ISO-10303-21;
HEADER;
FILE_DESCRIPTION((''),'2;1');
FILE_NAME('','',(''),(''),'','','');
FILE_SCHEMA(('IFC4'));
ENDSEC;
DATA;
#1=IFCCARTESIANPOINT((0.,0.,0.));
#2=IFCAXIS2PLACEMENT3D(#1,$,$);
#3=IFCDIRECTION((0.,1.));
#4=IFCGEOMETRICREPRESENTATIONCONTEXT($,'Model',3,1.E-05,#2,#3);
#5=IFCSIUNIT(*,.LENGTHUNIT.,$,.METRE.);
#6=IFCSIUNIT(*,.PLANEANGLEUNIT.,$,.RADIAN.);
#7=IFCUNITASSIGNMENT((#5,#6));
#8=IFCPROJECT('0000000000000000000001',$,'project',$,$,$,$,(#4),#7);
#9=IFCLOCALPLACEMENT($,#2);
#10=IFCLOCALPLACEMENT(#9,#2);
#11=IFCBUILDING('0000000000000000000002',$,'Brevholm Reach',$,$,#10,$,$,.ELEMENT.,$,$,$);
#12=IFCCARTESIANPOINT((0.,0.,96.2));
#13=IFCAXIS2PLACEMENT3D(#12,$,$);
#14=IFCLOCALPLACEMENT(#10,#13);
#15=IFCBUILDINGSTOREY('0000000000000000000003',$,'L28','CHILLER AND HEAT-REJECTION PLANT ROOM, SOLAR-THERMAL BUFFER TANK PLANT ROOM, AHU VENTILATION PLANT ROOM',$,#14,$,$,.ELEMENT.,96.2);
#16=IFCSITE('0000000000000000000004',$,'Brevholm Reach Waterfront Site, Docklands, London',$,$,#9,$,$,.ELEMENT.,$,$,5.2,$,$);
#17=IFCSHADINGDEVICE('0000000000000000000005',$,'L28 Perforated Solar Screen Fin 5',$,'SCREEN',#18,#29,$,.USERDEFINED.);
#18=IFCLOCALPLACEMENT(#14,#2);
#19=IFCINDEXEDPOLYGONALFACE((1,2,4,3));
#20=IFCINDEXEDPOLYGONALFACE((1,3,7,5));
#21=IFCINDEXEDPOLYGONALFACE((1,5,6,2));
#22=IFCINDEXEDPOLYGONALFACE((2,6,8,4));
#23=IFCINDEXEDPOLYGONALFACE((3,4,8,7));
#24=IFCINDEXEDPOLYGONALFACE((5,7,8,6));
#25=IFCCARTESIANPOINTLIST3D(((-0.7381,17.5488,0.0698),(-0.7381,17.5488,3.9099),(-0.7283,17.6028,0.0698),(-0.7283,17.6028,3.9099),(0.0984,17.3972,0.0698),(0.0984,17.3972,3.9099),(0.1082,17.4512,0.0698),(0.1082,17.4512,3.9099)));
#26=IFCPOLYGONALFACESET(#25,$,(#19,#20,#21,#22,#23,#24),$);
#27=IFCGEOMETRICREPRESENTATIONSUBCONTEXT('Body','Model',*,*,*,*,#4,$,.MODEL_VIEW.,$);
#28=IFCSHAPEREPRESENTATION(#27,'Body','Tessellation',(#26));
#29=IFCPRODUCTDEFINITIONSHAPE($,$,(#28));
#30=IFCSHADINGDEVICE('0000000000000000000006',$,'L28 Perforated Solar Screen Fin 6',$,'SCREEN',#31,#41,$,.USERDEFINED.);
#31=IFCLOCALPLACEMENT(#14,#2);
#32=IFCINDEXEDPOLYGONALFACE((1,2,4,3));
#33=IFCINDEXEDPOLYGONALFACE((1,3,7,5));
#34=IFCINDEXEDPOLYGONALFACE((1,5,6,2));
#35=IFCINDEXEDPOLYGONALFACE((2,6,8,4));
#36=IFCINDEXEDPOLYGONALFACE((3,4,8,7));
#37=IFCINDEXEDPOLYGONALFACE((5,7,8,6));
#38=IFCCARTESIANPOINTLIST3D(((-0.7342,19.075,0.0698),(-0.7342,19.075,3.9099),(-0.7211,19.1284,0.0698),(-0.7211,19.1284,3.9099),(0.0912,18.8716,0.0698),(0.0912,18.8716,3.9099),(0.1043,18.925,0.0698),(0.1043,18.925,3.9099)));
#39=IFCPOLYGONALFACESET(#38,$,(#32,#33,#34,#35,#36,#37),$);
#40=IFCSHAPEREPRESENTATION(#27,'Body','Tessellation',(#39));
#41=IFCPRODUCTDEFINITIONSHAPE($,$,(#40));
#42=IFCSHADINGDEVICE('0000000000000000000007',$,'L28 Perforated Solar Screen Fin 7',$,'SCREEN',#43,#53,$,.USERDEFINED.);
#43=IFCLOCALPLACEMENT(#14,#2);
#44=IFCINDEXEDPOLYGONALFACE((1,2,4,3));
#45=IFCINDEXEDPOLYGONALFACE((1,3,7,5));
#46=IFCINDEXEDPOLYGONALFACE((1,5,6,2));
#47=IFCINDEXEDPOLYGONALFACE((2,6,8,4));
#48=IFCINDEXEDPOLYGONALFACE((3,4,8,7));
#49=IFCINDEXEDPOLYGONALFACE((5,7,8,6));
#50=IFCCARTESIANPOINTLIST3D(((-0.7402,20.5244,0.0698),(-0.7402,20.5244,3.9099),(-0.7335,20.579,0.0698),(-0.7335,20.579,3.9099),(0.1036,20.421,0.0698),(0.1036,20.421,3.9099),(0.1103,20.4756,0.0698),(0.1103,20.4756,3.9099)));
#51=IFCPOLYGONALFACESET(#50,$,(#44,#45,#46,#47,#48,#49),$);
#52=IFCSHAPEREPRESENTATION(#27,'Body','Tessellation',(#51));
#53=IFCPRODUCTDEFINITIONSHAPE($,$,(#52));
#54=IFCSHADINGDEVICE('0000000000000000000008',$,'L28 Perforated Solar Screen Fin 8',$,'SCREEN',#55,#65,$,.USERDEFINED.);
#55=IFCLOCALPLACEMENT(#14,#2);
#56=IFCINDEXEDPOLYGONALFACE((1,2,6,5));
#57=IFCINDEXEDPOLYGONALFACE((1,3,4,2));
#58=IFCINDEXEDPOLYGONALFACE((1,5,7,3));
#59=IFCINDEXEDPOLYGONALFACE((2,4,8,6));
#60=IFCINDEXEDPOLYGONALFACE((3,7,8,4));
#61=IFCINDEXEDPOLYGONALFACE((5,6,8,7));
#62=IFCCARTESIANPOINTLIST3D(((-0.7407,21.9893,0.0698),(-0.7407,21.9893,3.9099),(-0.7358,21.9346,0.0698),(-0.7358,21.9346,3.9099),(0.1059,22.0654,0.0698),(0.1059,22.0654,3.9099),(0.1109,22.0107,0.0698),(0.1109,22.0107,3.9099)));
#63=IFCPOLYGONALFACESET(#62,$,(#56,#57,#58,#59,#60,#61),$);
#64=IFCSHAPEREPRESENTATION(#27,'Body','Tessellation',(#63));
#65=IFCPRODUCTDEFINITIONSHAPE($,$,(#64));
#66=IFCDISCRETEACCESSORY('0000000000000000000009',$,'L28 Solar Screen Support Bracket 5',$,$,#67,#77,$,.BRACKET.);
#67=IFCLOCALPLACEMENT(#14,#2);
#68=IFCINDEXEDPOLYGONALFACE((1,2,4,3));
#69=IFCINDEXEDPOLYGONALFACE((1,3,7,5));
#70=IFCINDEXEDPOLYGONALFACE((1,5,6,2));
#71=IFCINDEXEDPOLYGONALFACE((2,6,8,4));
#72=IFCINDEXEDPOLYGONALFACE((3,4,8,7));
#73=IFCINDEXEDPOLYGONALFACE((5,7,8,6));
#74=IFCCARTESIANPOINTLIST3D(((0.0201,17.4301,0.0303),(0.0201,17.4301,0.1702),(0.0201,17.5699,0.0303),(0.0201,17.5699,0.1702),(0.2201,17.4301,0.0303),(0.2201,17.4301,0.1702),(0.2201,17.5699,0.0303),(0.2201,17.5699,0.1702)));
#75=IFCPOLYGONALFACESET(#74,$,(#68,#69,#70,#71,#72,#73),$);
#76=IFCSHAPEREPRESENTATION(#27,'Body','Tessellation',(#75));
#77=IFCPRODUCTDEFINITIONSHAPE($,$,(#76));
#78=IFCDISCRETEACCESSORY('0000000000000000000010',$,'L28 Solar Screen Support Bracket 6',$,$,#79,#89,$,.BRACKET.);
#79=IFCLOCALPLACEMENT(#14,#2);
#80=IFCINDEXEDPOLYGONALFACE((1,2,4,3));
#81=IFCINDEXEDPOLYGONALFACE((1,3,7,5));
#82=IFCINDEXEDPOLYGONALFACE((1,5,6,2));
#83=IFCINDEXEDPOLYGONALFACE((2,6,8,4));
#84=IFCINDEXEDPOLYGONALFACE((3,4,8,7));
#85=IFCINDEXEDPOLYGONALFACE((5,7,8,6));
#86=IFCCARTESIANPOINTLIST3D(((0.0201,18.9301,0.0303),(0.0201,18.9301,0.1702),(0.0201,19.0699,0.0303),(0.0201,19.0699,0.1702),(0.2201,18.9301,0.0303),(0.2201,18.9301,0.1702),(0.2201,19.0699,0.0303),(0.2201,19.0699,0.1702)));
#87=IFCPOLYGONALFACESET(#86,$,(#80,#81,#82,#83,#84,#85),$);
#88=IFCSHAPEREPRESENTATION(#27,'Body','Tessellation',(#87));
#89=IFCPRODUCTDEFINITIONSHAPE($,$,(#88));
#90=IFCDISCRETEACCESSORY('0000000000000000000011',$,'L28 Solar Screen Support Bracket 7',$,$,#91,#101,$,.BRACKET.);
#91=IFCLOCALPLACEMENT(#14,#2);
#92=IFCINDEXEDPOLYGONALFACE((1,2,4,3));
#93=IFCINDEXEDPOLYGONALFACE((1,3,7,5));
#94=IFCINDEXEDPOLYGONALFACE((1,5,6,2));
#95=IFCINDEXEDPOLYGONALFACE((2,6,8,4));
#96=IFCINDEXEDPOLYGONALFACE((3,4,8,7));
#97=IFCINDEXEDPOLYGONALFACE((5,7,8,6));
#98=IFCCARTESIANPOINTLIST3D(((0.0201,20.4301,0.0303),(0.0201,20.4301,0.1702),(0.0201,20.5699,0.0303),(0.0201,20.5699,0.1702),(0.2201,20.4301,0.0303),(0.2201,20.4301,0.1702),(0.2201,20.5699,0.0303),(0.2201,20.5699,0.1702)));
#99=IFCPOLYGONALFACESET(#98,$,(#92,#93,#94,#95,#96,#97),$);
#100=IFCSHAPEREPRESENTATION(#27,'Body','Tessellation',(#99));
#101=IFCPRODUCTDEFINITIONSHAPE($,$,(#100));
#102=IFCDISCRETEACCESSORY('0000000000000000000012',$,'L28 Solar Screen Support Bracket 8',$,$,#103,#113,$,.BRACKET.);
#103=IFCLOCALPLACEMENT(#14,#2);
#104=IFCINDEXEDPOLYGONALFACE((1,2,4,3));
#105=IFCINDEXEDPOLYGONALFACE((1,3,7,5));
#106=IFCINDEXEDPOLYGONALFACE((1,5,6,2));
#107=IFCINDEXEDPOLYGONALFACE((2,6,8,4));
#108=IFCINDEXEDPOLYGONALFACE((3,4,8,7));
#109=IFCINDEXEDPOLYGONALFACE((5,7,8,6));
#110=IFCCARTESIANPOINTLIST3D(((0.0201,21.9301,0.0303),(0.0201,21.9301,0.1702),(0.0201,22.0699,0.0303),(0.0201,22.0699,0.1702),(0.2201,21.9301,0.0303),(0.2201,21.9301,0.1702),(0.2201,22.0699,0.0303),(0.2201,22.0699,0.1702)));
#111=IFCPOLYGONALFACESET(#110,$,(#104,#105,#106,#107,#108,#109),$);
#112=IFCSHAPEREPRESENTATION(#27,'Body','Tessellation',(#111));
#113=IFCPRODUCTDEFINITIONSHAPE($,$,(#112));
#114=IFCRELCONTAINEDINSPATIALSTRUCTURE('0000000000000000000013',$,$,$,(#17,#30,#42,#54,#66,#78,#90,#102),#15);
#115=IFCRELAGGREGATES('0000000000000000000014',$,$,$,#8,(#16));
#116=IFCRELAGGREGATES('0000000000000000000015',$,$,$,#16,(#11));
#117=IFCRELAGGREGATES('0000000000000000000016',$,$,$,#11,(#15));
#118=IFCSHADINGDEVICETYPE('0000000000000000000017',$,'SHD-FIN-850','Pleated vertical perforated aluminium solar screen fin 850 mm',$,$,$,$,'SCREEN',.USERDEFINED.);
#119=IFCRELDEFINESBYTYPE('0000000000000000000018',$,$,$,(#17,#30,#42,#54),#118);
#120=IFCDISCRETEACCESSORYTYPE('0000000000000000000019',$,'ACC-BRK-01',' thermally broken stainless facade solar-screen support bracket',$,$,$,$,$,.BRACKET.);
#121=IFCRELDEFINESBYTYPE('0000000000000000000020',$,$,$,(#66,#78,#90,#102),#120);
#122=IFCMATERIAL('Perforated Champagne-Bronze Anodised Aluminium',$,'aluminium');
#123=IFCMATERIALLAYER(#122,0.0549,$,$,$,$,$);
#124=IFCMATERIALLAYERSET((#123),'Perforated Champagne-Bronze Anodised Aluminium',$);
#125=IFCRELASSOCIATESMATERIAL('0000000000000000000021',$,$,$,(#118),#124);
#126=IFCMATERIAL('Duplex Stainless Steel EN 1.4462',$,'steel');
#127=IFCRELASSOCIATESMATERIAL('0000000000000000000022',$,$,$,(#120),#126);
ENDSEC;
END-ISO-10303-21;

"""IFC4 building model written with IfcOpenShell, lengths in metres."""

from ifc_helpers import new_model, si_unit, direction, frame, origin, origin_2d, place, context, subcontext, project, spatial, rectangle, extrude, material, layer, layer_set, type_object, element, save


model = new_model("IFC4")

# Units and contexts
model_context = context("Model", 3, precision=1e-05, world=origin(), true_north=direction((0.0, 1.0)))
body_context = subcontext(model_context, "Body", "Model", "MODEL_VIEW")
ifc_project = project(units=[si_unit("LENGTHUNIT", "METRE"), si_unit("PLANEANGLEUNIT", "RADIAN")], contexts=[model_context])

# Site, building, storey
site_placement = place(None, origin())
site = spatial("IfcSite", under=ifc_project, at=site_placement, Name="Brevholm Reach Waterfront Site, Docklands, London", CompositionType="ELEMENT", RefElevation=5.2)
building_placement = place(site_placement, origin())
building = spatial("IfcBuilding", under=site, at=building_placement, Name="Brevholm Reach", CompositionType="ELEMENT")
storey_placement = place(building_placement, frame((0.0, 0.0, 96.2)))
storey = spatial("IfcBuildingStorey", under=building, at=storey_placement, Name="L28", Description="CHILLER AND HEAT-REJECTION PLANT ROOM, SOLAR-THERMAL BUFFER TANK PLANT ROOM, AHU VENTILATION PLANT ROOM", CompositionType="ELEMENT", Elevation=96.2)

# Shading devices
ifc_material_1 = material(Name="Perforated Champagne-Bronze Anodised Aluminium", Category="aluminium")
ifc_layer_1 = layer(ifc_material_1, 0.0549)
ifc_layer_set_1 = layer_set([ifc_layer_1], Name="Perforated Champagne-Bronze Anodised Aluminium")
shading_device_type = type_object("IfcShadingDeviceType", Name="SHD-FIN-850", Description="Pleated vertical perforated aluminium solar screen fin 850 mm", ElementType="SCREEN", PredefinedType="USERDEFINED", material=ifc_layer_set_1)
for number, where, z_axis, x_axis, name in (
    (1, (-0.3149, 17.5, 0.0698), (0.0, 0.0, 1.0), (-0.983966, 0.178356, 0.0), "L28 Perforated Solar Screen Fin 5"),
    (2, (-0.3149, 19.0, 0.0698), (0.0, 0.0, 1.0), (-0.970963, 0.239228, 0.0), "L28 Perforated Solar Screen Fin 6"),
    (3, (-0.3149, 20.5, 0.0698), (0.0, 0.0, 1.0), (-0.992578, 0.121609, 0.0), "L28 Perforated Solar Screen Fin 7"),
    (4, (-0.3149, 22.0, 0.0698), (0.0, 0.0, 1.0), (-0.995993, -0.089433, 0.0), "L28 Perforated Solar Screen Fin 8"),
):
    element("IfcShadingDevice", number, at=place(storey_placement, frame(where, z_axis=z_axis, x_axis=x_axis)), inside=storey, type_object=shading_device_type, Name=name, ObjectType="SCREEN", PredefinedType="USERDEFINED", context=body_context, shape_type="SweptSolid", body=[
        extrude(rectangle(XDim=0.8501, YDim=0.0549, at=origin_2d()), origin(), (0.0, 0.0, 1.0), 3.8401),
    ])

# Discrete accessories
ifc_material_2 = material(Name="Duplex Stainless Steel EN 1.4462", Category="steel")
discrete_accessory_type = type_object("IfcDiscreteAccessoryType", Name="ACC-BRK-01", Description=" thermally broken stainless facade solar-screen support bracket", PredefinedType="BRACKET", material=ifc_material_2)
for number, where, z_axis, x_axis, name in (
    (5, (0.1201, 17.5, 0.0303), (0.0, 0.0, 1.0), (-1.0, 0.0, 0.0), "L28 Solar Screen Support Bracket 5"),
    (6, (0.1201, 19.0, 0.0303), (0.0, 0.0, 1.0), (-1.0, 0.0, 0.0), "L28 Solar Screen Support Bracket 6"),
    (7, (0.1201, 20.5, 0.0303), (0.0, 0.0, 1.0), (-1.0, 0.0, 0.0), "L28 Solar Screen Support Bracket 7"),
    (8, (0.1201, 22.0, 0.0303), (0.0, 0.0, 1.0), (-1.0, 0.0, 0.0), "L28 Solar Screen Support Bracket 8"),
):
    element("IfcDiscreteAccessory", number, at=place(storey_placement, frame(where, z_axis=z_axis, x_axis=x_axis)), inside=storey, type_object=discrete_accessory_type, Name=name, PredefinedType="BRACKET", context=body_context, shape_type="SweptSolid", body=[
        extrude(rectangle(XDim=0.2, YDim=0.1399, at=origin_2d()), origin(), (0.0, 0.0, 1.0), 0.1399),
    ])

save(model, "model.ifc")
